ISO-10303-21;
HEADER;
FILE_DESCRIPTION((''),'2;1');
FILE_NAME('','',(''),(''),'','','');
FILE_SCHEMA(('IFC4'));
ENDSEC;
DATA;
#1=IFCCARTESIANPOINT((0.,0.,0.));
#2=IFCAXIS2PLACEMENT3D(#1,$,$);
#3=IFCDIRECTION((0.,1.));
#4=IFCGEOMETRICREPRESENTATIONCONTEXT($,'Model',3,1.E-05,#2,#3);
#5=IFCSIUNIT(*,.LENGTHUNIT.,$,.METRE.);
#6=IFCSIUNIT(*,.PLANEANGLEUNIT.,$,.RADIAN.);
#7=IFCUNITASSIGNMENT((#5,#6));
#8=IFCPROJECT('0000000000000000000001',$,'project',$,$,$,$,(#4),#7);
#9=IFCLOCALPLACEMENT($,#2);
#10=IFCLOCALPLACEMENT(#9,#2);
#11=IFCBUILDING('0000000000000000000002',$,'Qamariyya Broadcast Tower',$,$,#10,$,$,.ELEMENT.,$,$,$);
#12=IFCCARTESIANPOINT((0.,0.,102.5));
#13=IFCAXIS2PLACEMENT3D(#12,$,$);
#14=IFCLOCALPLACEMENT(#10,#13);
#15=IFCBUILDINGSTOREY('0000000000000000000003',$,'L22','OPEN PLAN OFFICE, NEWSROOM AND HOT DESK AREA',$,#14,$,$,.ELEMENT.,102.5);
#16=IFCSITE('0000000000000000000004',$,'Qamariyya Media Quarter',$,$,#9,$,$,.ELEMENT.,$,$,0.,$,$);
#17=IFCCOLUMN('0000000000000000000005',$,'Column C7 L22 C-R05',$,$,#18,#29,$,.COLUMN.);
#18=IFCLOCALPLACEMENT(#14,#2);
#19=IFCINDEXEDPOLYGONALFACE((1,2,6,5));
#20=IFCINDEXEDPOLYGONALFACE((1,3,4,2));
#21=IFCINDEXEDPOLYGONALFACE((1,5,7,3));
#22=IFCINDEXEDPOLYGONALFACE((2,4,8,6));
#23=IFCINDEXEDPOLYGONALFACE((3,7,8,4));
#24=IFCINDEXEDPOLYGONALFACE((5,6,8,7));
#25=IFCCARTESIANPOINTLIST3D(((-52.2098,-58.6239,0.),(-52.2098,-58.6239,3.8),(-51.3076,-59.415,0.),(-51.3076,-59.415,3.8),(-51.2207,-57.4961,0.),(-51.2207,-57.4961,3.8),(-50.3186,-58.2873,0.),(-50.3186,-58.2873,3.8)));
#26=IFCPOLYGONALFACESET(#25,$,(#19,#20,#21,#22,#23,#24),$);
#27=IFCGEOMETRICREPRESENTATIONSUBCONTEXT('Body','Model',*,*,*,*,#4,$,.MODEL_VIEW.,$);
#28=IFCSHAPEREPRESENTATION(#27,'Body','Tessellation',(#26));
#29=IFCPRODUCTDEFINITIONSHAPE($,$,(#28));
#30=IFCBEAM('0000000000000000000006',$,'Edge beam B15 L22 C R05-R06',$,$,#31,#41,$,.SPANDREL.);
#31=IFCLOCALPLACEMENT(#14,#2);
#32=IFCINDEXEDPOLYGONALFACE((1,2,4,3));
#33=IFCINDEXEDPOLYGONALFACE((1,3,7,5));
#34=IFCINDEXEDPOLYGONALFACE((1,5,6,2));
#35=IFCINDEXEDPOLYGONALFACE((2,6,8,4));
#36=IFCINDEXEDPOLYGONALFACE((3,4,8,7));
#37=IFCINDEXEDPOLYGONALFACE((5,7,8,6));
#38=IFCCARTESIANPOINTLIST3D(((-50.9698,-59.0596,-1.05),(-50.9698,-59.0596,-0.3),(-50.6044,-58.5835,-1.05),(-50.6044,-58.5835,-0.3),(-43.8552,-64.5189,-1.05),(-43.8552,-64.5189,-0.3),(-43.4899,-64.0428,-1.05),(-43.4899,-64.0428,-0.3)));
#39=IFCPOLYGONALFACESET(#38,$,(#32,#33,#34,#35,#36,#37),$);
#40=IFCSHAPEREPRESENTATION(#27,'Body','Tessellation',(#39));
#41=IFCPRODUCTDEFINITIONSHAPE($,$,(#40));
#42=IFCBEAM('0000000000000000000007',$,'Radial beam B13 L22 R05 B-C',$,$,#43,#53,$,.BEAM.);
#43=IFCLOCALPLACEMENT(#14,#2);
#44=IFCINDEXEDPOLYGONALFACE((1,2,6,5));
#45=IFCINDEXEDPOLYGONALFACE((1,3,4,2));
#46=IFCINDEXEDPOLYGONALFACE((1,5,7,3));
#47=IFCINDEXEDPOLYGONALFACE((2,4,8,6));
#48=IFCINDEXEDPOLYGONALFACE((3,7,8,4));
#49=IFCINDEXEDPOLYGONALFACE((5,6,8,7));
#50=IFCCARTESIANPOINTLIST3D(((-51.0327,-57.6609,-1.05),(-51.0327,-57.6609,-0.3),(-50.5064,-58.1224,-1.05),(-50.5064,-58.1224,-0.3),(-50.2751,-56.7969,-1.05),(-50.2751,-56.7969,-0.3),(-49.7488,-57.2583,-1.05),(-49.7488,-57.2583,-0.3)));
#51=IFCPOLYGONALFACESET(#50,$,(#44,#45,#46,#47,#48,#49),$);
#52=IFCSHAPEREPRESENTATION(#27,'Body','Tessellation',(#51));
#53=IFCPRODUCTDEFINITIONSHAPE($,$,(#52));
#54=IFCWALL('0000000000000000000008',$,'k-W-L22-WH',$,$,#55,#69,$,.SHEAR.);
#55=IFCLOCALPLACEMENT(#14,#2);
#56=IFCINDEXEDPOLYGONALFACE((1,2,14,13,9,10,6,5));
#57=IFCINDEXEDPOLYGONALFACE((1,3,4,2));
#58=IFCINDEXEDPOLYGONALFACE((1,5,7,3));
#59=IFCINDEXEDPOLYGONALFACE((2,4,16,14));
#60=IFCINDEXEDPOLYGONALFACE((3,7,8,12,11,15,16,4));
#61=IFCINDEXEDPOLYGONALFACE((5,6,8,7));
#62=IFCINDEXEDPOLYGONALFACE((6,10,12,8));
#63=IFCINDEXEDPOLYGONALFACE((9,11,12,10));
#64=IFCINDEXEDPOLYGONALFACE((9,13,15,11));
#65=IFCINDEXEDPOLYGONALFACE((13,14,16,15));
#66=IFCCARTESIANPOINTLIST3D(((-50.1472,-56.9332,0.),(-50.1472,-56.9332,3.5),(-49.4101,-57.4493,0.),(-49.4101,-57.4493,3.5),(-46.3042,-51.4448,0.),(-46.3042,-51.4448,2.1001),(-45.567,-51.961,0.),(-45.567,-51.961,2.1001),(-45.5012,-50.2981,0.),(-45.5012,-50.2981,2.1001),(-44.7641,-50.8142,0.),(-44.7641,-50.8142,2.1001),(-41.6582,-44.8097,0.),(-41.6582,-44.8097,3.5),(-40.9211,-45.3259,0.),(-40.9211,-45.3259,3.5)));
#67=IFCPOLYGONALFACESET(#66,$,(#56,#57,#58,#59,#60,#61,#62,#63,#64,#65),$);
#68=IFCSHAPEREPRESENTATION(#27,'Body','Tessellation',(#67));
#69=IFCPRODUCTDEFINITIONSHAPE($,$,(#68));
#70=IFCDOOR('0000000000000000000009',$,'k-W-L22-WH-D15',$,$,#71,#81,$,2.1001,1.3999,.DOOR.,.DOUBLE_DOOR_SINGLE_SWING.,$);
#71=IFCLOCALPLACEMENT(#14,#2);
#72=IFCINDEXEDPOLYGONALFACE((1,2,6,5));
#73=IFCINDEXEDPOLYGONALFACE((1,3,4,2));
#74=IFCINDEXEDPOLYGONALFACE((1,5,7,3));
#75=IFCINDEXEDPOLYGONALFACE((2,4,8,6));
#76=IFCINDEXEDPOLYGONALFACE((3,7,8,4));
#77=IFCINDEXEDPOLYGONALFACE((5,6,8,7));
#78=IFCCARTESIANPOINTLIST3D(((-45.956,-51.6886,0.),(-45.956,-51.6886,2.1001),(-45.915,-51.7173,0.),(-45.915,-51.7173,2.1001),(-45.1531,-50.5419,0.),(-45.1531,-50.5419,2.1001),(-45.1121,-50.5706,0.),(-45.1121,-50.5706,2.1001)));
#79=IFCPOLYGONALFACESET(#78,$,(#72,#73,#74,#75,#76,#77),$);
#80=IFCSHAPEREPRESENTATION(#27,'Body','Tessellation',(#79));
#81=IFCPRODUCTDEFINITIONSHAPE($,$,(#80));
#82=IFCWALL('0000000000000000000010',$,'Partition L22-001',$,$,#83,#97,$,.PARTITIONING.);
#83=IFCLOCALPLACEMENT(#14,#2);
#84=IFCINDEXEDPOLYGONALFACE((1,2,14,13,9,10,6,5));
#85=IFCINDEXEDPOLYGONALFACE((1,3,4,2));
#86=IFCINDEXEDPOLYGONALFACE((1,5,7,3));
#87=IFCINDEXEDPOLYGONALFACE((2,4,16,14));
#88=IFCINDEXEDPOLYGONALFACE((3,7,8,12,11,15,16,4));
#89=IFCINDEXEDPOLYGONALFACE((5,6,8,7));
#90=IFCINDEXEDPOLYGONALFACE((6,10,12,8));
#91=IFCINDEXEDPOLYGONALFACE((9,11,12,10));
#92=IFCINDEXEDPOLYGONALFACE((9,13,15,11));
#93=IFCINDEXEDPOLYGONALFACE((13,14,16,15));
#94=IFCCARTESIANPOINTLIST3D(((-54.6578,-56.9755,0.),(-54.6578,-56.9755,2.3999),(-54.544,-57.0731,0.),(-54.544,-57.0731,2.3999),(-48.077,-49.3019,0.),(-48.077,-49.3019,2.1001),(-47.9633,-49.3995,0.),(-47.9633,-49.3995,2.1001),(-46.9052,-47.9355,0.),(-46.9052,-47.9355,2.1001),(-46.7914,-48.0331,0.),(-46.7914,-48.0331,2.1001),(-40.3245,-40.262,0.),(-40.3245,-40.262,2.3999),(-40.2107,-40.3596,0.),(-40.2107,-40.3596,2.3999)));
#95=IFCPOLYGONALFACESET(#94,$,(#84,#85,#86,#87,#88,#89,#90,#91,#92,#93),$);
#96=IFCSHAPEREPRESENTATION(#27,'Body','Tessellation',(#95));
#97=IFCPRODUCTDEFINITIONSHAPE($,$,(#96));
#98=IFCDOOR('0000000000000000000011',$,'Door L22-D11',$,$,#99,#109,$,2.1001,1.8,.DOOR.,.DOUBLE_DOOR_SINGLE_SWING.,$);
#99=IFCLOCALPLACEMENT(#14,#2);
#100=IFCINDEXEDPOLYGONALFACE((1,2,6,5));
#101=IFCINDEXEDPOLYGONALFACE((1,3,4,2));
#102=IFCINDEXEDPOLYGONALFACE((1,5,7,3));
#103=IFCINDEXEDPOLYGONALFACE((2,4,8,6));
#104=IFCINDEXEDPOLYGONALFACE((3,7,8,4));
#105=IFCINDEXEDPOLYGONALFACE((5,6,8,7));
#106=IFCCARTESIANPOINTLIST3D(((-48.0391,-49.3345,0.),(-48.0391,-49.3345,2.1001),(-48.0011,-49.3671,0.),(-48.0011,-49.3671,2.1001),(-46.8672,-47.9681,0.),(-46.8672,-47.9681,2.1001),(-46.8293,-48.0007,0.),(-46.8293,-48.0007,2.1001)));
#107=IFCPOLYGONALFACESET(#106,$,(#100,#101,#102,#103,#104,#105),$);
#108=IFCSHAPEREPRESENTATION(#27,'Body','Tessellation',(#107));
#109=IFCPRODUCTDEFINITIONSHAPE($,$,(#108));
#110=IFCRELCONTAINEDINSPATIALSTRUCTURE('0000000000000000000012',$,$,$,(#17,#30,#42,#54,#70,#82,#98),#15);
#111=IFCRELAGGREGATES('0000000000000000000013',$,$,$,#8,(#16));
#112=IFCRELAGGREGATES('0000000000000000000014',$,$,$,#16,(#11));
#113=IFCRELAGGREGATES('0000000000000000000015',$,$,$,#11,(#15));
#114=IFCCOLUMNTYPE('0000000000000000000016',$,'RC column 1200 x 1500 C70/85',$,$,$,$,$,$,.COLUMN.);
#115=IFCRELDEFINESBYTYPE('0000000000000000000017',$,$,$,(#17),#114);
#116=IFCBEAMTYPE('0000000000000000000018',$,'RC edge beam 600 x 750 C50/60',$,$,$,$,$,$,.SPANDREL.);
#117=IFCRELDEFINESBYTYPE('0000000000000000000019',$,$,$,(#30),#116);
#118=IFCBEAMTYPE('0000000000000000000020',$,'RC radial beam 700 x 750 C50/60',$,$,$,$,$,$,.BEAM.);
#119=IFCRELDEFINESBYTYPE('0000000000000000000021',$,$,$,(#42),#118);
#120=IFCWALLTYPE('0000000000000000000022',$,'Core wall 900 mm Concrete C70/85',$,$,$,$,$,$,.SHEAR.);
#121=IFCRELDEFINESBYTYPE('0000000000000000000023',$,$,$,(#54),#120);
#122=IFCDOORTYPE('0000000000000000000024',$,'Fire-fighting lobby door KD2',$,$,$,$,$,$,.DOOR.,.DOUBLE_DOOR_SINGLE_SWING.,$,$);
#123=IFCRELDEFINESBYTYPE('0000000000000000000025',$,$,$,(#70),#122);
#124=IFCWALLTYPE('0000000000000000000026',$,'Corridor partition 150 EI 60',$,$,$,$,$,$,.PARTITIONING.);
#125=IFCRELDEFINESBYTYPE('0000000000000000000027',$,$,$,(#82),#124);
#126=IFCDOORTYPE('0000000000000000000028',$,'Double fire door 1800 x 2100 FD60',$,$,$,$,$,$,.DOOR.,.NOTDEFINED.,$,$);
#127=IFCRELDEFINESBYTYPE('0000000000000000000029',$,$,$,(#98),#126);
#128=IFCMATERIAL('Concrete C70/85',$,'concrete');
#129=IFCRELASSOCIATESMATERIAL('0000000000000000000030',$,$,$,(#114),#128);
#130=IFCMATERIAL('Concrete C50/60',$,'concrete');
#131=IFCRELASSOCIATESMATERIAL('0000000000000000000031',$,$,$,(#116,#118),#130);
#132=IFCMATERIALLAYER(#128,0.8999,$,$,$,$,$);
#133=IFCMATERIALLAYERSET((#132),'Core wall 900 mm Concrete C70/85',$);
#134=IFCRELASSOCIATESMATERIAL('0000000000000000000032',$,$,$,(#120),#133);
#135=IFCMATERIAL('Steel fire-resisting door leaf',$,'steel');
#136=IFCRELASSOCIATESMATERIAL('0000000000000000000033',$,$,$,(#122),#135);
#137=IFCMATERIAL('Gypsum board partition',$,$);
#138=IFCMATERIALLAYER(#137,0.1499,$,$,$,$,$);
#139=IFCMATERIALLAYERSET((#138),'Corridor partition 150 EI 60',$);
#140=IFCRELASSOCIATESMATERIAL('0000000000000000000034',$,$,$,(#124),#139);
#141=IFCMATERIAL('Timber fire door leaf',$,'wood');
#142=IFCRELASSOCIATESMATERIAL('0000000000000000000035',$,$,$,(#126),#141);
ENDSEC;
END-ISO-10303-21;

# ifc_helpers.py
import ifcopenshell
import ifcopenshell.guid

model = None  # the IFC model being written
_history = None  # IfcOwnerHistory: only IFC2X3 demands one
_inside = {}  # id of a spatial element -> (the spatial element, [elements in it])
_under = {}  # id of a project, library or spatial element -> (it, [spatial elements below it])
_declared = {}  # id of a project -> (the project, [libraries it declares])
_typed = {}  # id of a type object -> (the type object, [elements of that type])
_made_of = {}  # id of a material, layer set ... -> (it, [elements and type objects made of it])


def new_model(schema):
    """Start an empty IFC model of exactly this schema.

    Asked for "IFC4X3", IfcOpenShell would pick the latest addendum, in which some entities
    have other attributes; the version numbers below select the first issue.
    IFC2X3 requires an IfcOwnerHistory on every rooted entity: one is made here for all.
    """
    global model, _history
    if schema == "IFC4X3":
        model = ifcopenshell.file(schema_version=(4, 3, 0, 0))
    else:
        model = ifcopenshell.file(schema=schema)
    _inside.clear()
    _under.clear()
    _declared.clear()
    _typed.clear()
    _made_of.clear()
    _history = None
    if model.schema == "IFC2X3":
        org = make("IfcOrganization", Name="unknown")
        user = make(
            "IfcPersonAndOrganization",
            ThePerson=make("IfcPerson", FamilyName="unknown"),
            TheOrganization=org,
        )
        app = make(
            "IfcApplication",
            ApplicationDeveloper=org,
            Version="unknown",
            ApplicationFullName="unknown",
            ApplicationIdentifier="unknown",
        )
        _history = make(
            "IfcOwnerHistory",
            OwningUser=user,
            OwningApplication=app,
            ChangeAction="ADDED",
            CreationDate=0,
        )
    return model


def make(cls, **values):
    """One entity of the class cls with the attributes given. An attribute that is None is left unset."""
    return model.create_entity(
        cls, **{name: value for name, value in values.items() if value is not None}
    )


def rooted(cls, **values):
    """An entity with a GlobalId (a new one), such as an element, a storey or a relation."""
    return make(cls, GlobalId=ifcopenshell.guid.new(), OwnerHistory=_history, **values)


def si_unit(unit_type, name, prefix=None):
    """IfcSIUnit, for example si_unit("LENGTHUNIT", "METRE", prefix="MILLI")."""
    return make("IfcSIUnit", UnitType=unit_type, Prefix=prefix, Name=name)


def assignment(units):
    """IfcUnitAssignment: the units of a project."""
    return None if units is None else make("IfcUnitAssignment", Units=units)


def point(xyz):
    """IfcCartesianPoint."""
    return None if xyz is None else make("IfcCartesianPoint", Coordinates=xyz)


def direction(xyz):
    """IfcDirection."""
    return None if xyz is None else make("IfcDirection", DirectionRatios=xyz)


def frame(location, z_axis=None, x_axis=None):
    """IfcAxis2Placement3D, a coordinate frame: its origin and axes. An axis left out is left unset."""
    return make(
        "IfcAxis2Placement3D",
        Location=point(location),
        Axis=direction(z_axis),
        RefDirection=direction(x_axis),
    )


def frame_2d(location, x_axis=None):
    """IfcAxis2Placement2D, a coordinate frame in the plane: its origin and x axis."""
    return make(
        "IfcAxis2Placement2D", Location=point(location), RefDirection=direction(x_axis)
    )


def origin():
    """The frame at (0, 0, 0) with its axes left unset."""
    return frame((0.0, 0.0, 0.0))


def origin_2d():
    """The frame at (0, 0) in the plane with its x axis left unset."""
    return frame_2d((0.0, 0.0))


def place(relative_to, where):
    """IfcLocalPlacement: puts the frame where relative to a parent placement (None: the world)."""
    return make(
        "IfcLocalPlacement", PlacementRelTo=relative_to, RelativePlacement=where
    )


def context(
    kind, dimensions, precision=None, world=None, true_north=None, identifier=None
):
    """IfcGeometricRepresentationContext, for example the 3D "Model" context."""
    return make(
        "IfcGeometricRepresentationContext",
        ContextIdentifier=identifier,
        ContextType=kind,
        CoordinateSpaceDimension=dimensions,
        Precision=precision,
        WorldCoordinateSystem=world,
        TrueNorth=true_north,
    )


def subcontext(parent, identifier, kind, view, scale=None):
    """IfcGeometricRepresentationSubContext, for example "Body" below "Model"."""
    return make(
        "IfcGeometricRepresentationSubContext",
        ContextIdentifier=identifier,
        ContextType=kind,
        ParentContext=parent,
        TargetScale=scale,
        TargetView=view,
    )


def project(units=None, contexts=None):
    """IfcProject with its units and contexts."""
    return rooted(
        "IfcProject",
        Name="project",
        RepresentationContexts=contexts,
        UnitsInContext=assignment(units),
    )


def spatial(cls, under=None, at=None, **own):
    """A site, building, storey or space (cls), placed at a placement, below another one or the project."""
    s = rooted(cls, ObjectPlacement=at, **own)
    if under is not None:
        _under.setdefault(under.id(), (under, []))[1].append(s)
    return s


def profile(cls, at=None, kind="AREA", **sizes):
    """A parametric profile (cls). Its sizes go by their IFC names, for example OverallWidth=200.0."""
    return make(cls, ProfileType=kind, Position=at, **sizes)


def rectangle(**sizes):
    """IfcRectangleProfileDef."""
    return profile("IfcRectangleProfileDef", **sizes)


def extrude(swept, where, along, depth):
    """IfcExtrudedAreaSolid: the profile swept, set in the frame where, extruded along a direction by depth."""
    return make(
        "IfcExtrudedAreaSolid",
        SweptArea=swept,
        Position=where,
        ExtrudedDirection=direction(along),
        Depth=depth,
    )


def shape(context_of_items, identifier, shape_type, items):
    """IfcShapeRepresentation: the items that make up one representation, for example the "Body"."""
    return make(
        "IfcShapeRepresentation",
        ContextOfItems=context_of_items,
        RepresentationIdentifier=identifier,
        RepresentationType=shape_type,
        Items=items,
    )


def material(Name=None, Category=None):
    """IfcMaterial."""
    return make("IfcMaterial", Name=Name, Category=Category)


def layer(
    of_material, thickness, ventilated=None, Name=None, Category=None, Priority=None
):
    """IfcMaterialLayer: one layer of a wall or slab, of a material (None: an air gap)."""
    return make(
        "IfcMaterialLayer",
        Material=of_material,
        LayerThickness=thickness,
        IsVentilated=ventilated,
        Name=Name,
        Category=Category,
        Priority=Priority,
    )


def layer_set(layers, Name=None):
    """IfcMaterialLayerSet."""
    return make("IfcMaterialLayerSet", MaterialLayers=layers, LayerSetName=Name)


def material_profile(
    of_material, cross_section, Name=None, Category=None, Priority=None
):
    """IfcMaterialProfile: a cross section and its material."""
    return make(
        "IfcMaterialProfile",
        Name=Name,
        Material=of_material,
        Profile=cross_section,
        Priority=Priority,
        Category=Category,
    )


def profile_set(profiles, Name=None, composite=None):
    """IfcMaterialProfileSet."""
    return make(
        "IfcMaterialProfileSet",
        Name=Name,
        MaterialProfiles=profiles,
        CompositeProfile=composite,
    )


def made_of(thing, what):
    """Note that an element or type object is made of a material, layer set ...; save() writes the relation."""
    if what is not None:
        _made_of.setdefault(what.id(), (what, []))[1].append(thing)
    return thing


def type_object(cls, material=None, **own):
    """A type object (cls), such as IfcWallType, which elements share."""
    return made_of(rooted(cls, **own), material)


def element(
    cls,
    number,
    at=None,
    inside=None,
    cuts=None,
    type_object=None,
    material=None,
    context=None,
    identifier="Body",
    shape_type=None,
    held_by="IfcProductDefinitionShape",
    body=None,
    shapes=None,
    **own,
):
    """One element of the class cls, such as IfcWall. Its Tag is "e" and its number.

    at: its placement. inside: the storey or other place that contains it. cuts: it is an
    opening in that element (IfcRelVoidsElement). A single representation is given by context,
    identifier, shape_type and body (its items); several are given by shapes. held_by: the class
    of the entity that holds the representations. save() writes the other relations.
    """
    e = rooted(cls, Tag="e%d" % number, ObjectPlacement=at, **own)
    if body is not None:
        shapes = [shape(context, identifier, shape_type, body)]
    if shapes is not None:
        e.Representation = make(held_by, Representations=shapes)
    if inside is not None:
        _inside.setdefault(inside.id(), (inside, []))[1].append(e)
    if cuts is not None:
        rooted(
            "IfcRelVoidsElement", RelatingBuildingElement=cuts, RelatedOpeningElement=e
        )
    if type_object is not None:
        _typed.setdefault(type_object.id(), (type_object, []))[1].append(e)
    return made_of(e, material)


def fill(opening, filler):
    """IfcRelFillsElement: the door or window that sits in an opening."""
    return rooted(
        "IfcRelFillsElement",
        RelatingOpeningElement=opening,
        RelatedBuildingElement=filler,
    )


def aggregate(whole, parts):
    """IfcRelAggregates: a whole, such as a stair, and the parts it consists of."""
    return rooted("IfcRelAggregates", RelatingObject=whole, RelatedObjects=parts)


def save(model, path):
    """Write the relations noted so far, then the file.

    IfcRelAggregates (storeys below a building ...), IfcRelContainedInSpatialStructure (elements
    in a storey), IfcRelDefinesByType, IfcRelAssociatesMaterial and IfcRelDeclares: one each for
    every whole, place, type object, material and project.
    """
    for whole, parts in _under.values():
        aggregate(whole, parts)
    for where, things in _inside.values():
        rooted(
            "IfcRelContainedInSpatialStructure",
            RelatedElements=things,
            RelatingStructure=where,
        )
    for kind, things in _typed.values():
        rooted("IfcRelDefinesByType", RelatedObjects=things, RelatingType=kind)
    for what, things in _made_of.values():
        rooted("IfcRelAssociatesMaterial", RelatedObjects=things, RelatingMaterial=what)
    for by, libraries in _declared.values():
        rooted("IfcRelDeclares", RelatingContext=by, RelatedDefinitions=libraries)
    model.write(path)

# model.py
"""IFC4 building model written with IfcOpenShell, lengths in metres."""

from ifc_helpers import new_model, si_unit, direction, frame, frame_2d, origin, origin_2d, place, context, subcontext, project, spatial, rectangle, extrude, material, layer, layer_set, material_profile, profile_set, type_object, element, fill, save


model = new_model("IFC4")

# Units and contexts
model_context = context("Model", 3, precision=1e-05, world=origin(), true_north=direction((0.0, 1.0)))
body_context = subcontext(model_context, "Body", "Model", "MODEL_VIEW")
ifc_project = project(units=[si_unit("LENGTHUNIT", "METRE"), si_unit("PLANEANGLEUNIT", "RADIAN")], contexts=[model_context])

# Site, building, storey
site_placement = place(None, origin())
site = spatial("IfcSite", under=ifc_project, at=site_placement, Name="Qamariyya Media Quarter", CompositionType="ELEMENT", RefElevation=0.0)
building_placement = place(site_placement, origin())
building = spatial("IfcBuilding", under=site, at=building_placement, Name="Qamariyya Broadcast Tower", CompositionType="ELEMENT")
storey_placement = place(building_placement, frame((0.0, 0.0, 102.5)))
storey = spatial("IfcBuildingStorey", under=building, at=storey_placement, Name="L22", Description="OPEN PLAN OFFICE, NEWSROOM AND HOT DESK AREA", CompositionType="ELEMENT", Elevation=102.5)

# Column
ifc_material_1 = material(Name="Concrete C70/85", Category="concrete")
ifc_material_profile_1 = material_profile(ifc_material_1, rectangle(XDim=1.2, YDim=1.5, at=origin_2d()))
ifc_profile_set_1 = profile_set([ifc_material_profile_1], Name="Concrete C70/85")
column_type = type_object("IfcColumnType", Name="RC column 1200 x 1500 C70/85", PredefinedType="COLUMN", material=ifc_profile_set_1)
column_placement = place(storey_placement, frame((-51.2642, -58.4556, 0.0), z_axis=(0.0, 0.0, 1.0), x_axis=(0.75184, -0.659346, 0.0)))
element("IfcColumn", 1, at=column_placement, inside=storey, type_object=column_type, Name="Column C7 L22 C-R05", PredefinedType="COLUMN", context=body_context, shape_type="SweptSolid", body=[
    extrude(rectangle(XDim=1.2, YDim=1.5, at=origin_2d()), origin(), (0.0, 0.0, 1.0), 3.8),
])

# Beams
ifc_material_2 = material(Name="Concrete C50/60", Category="concrete")
ifc_material_profile_2 = material_profile(ifc_material_2, rectangle(XDim=0.6001, YDim=0.75, at=origin_2d()))
ifc_profile_set_2 = profile_set([ifc_material_profile_2], Name="Concrete C50/60")
beam_type_1 = type_object("IfcBeamType", Name="RC edge beam 600 x 750 C50/60", PredefinedType="SPANDREL", material=ifc_profile_set_2)
beam_1_placement = place(storey_placement, frame((-50.7871, -58.8215, -0.675), z_axis=(0.793349, -0.608767, 0.0), x_axis=(0.608767, 0.793349, 0.0)))
element("IfcBeam", 2, at=beam_1_placement, inside=storey, type_object=beam_type_1, Name="Edge beam B15 L22 C R05-R06", PredefinedType="SPANDREL", context=body_context, shape_type="SweptSolid", body=[
    extrude(rectangle(XDim=0.6001, YDim=0.75, at=origin_2d()), origin(), (0.0, 0.0, 1.0), 8.9678),
])
ifc_material_profile_3 = material_profile(ifc_material_2, rectangle(XDim=0.7, YDim=0.75, at=origin_2d()))
ifc_profile_set_3 = profile_set([ifc_material_profile_3], Name="Concrete C50/60")
beam_type_2 = type_object("IfcBeamType", Name="RC radial beam 700 x 750 C50/60", PredefinedType="BEAM", material=ifc_profile_set_3)
beam_2_placement = place(storey_placement, frame((-50.012, -57.0276, -0.675), z_axis=(-0.659271, -0.751905, 0.0), x_axis=(0.751905, -0.659271, 0.0)))
element("IfcBeam", 3, at=beam_2_placement, inside=storey, type_object=beam_type_2, Name="Radial beam B13 L22 R05 B-C", PredefinedType="BEAM", context=body_context, shape_type="SweptSolid", body=[
    extrude(rectangle(XDim=0.7, YDim=0.75, at=origin_2d()), origin(), (0.0, 0.0, 1.0), 1.1492),
])

# Walls, openings, doors
ifc_layer_1 = layer(ifc_material_1, 0.8999)
ifc_layer_set_1 = layer_set([ifc_layer_1], Name="Core wall 900 mm Concrete C70/85")
wall_type_1 = type_object("IfcWallType", Name="Core wall 900 mm Concrete C70/85", PredefinedType="SHEAR", material=ifc_layer_set_1)
wall_1_placement = place(storey_placement, frame((-49.7786, -57.1912, 0.0), z_axis=(0.0, 0.0, 1.0), x_axis=(0.573577, 0.819151, 0.0)))
wall_1 = element("IfcWall", 4, at=wall_1_placement, inside=storey, type_object=wall_type_1, Name="k-W-L22-WH", PredefinedType="SHEAR", context=body_context, shape_type="SweptSolid", body=[
    extrude(rectangle(XDim=14.8, YDim=0.8999, at=frame_2d((7.3999, 0.0))), origin(), (0.0, 0.0, 1.0), 3.5),
])
opening_1_placement = place(wall_1_placement, frame((6.7, 0.0, 0.0)))
opening_1 = element("IfcOpeningElement", 5, at=opening_1_placement, cuts=wall_1, PredefinedType="OPENING", context=body_context, shape_type="SweptSolid", body=[
    extrude(rectangle(XDim=1.3999, YDim=2.1001, at=frame_2d((0.7, 1.05))), frame((0.0, 0.46, 0.0), z_axis=(0.0, -1.0, 0.0), x_axis=(1.0, 0.0, 0.0)), (0.0, 0.0, 1.0), 0.9199),
])
ifc_material_3 = material(Name="Steel fire-resisting door leaf", Category="steel")
door_type_1 = type_object("IfcDoorType", Name="Fire-fighting lobby door KD2", OperationType="DOUBLE_DOOR_SINGLE_SWING", PredefinedType="DOOR", material=ifc_material_3)
door_1_placement = place(opening_1_placement, origin())
door_1 = element("IfcDoor", 6, at=door_1_placement, inside=storey, type_object=door_type_1, Name="k-W-L22-WH-D15", OperationType="DOUBLE_DOOR_SINGLE_SWING", OverallHeight=2.1001, OverallWidth=1.3999, PredefinedType="DOOR", context=body_context, shape_type="SweptSolid", body=[
    extrude(rectangle(XDim=1.3999, YDim=2.1001, at=frame_2d((0.7, 1.05))), frame((0.0, 0.0249, 0.0), z_axis=(0.0, -1.0, 0.0), x_axis=(1.0, 0.0, 0.0)), (0.0, 0.0, 1.0), 0.05),
])
fill(opening_1, door_1)
ifc_material_4 = material(Name="Gypsum board partition")
ifc_layer_2 = layer(ifc_material_4, 0.1499)
ifc_layer_set_2 = layer_set([ifc_layer_2], Name="Corridor partition 150 EI 60")
wall_type_2 = type_object("IfcWallType", Name="Corridor partition 150 EI 60", PredefinedType="PARTITIONING", material=ifc_layer_set_2)
wall_2_placement = place(storey_placement, frame((-54.6008, -57.0242, 0.0), z_axis=(0.0, 0.0, 1.0), x_axis=(0.650988, 0.759088, 0.0)))
wall_2 = element("IfcWall", 7, at=wall_2_placement, inside=storey, type_object=wall_type_2, Name="Partition L22-001", PredefinedType="PARTITIONING", context=body_context, shape_type="SweptSolid", body=[
    extrude(rectangle(XDim=22.0178, YDim=0.1499, at=frame_2d((11.0088, 0.0))), origin(), (0.0, 0.0, 1.0), 2.3999),
])
opening_2_placement = place(wall_2_placement, frame((10.1089, 0.0, 0.0)))
opening_2 = element("IfcOpeningElement", 8, at=opening_2_placement, cuts=wall_2, PredefinedType="OPENING", context=body_context, shape_type="SweptSolid", body=[
    extrude(rectangle(XDim=1.8, YDim=2.1001, at=frame_2d((0.8999, 1.05))), frame((0.0, 0.085, 0.0), z_axis=(0.0, -1.0, 0.0), x_axis=(1.0, 0.0, 0.0)), (0.0, 0.0, 1.0), 0.1699),
])
ifc_material_5 = material(Name="Timber fire door leaf", Category="wood")
door_type_2 = type_object("IfcDoorType", Name="Double fire door 1800 x 2100 FD60", OperationType="NOTDEFINED", PredefinedType="DOOR", material=ifc_material_5)
door_2_placement = place(opening_2_placement, origin())
door_2 = element("IfcDoor", 9, at=door_2_placement, inside=storey, type_object=door_type_2, Name="Door L22-D11", OperationType="DOUBLE_DOOR_SINGLE_SWING", OverallHeight=2.1001, OverallWidth=1.8, PredefinedType="DOOR", context=body_context, shape_type="SweptSolid", body=[
    extrude(rectangle(XDim=1.8, YDim=2.1001, at=frame_2d((0.8999, 1.05))), frame((0.0, 0.0249, 0.0), z_axis=(0.0, -1.0, 0.0), x_axis=(1.0, 0.0, 0.0)), (0.0, 0.0, 1.0), 0.05),
])
fill(opening_2, door_2)

save(model, "model.ifc")
